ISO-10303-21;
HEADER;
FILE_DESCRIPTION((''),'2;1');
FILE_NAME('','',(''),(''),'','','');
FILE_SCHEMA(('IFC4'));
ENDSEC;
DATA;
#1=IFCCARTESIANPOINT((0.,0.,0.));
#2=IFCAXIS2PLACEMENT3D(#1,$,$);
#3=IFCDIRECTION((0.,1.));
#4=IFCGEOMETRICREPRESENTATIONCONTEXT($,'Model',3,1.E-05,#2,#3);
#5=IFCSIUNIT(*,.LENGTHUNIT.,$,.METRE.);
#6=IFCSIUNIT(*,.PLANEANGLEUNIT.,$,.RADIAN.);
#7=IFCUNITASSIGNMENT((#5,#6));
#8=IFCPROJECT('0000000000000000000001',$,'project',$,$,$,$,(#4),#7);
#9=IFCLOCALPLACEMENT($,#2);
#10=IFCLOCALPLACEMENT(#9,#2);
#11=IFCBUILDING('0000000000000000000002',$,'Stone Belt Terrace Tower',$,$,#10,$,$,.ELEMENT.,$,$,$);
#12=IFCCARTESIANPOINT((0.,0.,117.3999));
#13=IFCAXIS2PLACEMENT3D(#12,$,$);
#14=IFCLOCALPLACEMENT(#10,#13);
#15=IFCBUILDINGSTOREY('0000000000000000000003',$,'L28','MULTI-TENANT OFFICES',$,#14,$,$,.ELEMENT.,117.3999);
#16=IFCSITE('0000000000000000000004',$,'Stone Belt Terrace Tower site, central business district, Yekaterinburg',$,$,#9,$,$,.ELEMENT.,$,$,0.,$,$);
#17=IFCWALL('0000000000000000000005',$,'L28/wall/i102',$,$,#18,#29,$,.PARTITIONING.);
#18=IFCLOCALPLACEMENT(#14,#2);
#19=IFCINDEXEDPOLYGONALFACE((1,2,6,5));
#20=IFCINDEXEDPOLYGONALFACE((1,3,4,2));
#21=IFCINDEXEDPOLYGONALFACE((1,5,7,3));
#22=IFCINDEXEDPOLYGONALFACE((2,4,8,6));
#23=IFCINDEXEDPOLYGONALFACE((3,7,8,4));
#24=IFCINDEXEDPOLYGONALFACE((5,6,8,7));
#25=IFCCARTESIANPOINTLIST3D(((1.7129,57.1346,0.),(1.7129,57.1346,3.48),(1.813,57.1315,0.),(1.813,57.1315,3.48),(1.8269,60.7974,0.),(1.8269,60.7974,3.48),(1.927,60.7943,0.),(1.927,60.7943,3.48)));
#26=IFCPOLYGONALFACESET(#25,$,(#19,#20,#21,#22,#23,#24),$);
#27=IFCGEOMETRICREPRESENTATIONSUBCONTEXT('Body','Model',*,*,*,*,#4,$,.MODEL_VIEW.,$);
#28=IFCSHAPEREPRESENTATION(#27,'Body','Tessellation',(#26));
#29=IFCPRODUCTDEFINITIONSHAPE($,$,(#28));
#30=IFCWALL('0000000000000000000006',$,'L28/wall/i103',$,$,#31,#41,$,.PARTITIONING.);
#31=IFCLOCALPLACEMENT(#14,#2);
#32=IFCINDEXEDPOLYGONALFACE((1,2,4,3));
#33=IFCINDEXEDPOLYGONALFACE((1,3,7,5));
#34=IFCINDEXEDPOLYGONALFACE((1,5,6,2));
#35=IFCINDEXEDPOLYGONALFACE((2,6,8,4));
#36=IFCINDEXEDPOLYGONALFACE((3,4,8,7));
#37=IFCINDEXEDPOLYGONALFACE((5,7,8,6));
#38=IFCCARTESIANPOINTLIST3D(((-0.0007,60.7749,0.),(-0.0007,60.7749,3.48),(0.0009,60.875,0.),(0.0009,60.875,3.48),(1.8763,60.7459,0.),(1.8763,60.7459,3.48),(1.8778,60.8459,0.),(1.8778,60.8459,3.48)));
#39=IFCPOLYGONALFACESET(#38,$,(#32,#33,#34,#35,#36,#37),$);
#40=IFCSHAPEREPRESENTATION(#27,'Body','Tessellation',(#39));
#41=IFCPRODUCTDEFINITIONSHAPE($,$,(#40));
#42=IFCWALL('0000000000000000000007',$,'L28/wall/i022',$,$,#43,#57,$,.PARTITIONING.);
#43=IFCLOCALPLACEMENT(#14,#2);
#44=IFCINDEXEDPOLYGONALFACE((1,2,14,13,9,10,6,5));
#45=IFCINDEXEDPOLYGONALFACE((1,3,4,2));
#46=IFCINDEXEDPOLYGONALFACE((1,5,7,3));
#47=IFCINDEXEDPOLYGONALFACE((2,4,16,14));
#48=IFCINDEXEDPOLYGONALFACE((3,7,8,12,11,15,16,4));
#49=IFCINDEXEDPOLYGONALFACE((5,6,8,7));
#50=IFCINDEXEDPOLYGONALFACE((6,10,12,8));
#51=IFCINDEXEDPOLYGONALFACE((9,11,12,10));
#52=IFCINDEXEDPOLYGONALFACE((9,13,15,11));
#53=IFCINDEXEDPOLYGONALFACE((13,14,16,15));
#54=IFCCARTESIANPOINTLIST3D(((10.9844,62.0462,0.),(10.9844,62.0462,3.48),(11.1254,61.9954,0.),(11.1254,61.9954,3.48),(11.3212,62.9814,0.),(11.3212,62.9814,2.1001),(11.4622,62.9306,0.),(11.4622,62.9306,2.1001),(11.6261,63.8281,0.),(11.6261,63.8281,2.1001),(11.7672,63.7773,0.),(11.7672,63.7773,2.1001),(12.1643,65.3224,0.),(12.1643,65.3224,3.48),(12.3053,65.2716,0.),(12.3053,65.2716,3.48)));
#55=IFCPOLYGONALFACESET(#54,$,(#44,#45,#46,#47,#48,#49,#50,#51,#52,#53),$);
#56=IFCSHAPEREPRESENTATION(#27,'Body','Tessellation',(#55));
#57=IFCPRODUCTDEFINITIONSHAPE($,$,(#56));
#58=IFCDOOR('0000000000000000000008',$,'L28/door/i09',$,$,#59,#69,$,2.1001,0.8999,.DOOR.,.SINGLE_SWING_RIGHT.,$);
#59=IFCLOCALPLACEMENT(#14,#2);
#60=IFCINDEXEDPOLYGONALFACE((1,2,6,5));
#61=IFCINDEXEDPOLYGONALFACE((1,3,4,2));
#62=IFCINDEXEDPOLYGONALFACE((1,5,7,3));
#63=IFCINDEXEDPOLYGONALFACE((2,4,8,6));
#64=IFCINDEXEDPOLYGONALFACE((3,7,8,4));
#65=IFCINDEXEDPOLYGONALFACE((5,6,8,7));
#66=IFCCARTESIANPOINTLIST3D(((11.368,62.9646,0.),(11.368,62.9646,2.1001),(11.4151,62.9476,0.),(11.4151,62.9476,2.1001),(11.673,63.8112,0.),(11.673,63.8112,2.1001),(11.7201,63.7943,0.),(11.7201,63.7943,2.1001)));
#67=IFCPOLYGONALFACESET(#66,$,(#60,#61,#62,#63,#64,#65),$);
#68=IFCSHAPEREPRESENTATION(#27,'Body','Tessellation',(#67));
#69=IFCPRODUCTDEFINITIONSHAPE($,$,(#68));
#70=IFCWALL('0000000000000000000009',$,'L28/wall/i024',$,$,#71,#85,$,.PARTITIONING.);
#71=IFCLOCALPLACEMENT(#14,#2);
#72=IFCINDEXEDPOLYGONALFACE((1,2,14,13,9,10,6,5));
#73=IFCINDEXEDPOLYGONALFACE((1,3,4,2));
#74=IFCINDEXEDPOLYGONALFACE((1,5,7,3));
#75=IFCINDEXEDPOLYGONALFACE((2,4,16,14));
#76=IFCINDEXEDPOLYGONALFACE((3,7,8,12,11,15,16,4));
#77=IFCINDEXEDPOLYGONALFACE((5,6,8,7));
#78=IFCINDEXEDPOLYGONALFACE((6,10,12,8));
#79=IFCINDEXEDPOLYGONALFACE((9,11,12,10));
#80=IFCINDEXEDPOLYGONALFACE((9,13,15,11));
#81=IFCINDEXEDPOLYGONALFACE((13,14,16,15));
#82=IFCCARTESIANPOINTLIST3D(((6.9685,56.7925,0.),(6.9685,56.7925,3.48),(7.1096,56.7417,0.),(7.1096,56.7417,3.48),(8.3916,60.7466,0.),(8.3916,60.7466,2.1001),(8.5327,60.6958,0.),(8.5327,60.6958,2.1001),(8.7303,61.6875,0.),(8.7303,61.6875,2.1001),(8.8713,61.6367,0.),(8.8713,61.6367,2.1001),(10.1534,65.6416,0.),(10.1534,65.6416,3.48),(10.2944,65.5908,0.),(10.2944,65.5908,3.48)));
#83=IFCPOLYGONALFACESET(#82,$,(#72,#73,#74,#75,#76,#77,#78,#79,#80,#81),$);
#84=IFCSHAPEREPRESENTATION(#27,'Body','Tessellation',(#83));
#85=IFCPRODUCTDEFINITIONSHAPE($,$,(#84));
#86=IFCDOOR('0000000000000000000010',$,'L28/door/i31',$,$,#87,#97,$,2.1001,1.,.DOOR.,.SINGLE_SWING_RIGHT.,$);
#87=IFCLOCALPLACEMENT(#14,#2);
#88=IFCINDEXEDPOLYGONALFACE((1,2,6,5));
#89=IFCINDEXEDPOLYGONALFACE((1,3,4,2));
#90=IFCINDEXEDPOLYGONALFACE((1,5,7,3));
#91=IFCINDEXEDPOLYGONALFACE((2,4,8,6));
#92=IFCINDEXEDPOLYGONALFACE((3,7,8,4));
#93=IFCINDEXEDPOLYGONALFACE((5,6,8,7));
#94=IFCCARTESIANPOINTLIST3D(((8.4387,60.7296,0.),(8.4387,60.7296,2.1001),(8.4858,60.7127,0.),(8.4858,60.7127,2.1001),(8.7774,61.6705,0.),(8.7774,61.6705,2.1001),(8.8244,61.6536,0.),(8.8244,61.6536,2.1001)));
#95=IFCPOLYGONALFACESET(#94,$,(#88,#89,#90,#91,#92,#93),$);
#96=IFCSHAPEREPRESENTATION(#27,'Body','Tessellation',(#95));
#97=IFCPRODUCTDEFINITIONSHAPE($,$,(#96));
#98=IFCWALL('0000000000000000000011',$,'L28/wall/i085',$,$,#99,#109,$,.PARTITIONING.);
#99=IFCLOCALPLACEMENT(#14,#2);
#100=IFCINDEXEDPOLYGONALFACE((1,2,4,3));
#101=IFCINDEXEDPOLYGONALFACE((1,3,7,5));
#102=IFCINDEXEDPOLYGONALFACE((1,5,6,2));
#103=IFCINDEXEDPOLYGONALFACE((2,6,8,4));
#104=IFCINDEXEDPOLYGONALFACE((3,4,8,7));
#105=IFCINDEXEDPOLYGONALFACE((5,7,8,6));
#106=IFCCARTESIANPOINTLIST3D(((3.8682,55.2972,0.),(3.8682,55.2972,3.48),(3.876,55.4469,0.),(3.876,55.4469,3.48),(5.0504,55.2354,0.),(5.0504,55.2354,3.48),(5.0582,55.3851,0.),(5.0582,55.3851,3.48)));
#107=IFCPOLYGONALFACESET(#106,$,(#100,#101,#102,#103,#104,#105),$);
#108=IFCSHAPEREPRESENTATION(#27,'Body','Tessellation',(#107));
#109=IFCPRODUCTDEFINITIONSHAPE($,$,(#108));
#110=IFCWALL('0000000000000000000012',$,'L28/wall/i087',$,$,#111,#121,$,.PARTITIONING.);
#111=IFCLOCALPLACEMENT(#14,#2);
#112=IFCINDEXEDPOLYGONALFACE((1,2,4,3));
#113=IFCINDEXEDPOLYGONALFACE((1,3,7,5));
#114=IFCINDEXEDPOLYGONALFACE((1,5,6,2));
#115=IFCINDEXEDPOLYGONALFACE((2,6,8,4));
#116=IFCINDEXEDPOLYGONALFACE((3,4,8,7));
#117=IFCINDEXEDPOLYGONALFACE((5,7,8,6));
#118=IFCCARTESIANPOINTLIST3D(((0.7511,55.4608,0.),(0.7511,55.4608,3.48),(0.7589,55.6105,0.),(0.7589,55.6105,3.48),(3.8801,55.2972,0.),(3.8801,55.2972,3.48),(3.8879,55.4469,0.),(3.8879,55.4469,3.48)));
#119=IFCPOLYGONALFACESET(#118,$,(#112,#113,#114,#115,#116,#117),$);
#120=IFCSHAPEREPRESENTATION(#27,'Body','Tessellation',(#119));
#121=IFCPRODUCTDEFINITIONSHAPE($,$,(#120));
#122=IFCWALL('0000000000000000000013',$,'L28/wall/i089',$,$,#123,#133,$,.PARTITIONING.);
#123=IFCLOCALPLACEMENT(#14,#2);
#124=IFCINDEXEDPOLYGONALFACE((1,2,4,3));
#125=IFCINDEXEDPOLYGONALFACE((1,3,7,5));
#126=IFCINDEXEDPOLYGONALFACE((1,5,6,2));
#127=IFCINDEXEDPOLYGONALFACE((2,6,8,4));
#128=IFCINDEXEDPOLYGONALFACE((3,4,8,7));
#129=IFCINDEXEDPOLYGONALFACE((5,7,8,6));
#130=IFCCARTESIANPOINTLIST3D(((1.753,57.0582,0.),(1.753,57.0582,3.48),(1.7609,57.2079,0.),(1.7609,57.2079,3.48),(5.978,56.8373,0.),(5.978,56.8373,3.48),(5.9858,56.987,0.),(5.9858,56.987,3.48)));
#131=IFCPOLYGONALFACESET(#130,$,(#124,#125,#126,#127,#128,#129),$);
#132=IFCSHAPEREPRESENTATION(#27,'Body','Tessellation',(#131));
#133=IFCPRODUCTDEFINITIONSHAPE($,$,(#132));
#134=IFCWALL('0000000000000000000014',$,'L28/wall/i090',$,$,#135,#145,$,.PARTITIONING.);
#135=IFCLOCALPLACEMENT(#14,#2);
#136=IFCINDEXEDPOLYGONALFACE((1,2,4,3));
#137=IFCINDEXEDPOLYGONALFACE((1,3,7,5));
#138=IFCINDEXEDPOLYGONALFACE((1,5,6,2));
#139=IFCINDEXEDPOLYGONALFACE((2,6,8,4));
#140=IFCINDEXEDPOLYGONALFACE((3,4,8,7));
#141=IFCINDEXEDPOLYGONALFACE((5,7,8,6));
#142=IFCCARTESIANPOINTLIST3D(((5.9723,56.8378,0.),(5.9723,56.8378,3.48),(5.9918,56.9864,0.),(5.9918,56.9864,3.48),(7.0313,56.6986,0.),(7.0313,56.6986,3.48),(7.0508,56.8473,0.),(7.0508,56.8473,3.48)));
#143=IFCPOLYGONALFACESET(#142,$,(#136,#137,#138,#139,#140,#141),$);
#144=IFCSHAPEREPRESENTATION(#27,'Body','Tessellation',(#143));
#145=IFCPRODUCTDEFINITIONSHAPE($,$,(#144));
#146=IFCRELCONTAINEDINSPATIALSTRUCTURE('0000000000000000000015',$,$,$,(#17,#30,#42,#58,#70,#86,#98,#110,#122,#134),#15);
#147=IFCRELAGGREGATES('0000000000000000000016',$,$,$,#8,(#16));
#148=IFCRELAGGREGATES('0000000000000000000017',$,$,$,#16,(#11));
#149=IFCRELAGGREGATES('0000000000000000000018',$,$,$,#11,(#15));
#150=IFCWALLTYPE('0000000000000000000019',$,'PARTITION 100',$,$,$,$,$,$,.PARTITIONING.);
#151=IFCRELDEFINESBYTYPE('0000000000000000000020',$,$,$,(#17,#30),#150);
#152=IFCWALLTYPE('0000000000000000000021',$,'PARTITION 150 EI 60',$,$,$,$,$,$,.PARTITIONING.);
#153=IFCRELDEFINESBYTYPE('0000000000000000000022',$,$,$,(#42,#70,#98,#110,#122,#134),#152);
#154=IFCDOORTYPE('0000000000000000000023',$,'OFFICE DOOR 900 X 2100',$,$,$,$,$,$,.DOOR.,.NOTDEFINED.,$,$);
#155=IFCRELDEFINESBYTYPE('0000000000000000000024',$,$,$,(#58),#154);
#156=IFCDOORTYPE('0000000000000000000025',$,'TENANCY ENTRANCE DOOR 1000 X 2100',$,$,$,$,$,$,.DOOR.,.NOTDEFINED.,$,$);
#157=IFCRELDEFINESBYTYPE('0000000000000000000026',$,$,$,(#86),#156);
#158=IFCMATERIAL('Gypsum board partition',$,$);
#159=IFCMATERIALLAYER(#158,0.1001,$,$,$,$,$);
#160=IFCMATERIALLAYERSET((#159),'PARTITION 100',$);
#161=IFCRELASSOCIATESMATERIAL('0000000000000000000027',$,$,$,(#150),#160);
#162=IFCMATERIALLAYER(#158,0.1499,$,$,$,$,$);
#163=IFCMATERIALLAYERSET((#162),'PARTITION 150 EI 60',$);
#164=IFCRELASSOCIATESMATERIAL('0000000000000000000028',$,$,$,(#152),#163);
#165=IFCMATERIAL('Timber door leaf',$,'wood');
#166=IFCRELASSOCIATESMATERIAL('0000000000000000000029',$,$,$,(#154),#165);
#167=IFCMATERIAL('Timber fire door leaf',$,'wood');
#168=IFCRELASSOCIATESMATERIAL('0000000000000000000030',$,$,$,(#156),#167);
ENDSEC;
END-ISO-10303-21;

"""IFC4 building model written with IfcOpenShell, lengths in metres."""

from ifc_helpers import new_model, si_unit, direction, frame, frame_2d, origin, place, context, subcontext, project, spatial, rectangle, extrude, material, layer, layer_set, type_object, element, fill, save


model = new_model("IFC4")

# Units and contexts
model_context = context("Model", 3, precision=1e-05, world=origin(), true_north=direction((0.0, 1.0)))
body_context = subcontext(model_context, "Body", "Model", "MODEL_VIEW")
ifc_project = project(units=[si_unit("LENGTHUNIT", "METRE"), si_unit("PLANEANGLEUNIT", "RADIAN")], contexts=[model_context])

# Site, building, storey
site_placement = place(None, origin())
site = spatial("IfcSite", under=ifc_project, at=site_placement, Name="Stone Belt Terrace Tower site, central business district, Yekaterinburg", CompositionType="ELEMENT", RefElevation=0.0)
building_placement = place(site_placement, origin())
building = spatial("IfcBuilding", under=site, at=building_placement, Name="Stone Belt Terrace Tower", CompositionType="ELEMENT")
storey_placement = place(building_placement, frame((0.0, 0.0, 117.3999)))
storey = spatial("IfcBuildingStorey", under=building, at=storey_placement, Name="L28", Description="MULTI-TENANT OFFICES", CompositionType="ELEMENT", Elevation=117.3999)

# Walls
ifc_material_1 = material(Name="Gypsum board partition")
ifc_layer_1 = layer(ifc_material_1, 0.1001)
ifc_layer_set_1 = layer_set([ifc_layer_1], Name="PARTITION 100")
wall_type_1 = type_object("IfcWallType", Name="PARTITION 100", PredefinedType="PARTITIONING", material=ifc_layer_set_1)
wall_1_placement = place(storey_placement, frame((1.7629, 57.1331, 0.0), z_axis=(0.0, 0.0, 1.0), x_axis=(0.031112, 0.999516, 0.0)))
element("IfcWall", 1, at=wall_1_placement, inside=storey, type_object=wall_type_1, Name="L28/wall/i102", PredefinedType="PARTITIONING", context=body_context, shape_type="SweptSolid", body=[
    extrude(rectangle(XDim=3.6646, YDim=0.1001, at=frame_2d((1.8323, 0.0))), origin(), (0.0, 0.0, 1.0), 3.48),
])
wall_2_placement = place(storey_placement, frame((1.877, 60.7959, 0.0), z_axis=(0.0, 0.0, 1.0), x_axis=(-0.99988, 0.015477, 0.0)))
element("IfcWall", 2, at=wall_2_placement, inside=storey, type_object=wall_type_1, Name="L28/wall/i103", PredefinedType="PARTITIONING", context=body_context, shape_type="SweptSolid", body=[
    extrude(rectangle(XDim=1.8772, YDim=0.1001, at=frame_2d((0.9385, 0.0))), origin(), (0.0, 0.0, 1.0), 3.48),
])

# Walls, openings, doors
ifc_layer_2 = layer(ifc_material_1, 0.1499)
ifc_layer_set_2 = layer_set([ifc_layer_2], Name="PARTITION 150 EI 60")
wall_type_2 = type_object("IfcWallType", Name="PARTITION 150 EI 60", PredefinedType="PARTITIONING", material=ifc_layer_set_2)
wall_3_placement = place(storey_placement, frame((12.2349, 65.2971, 0.0), z_axis=(0.0, 0.0, 1.0), x_axis=(-0.338854, -0.940839, 0.0)))
wall_3 = element("IfcWall", 3, at=wall_3_placement, inside=storey, type_object=wall_type_2, Name="L28/wall/i022", PredefinedType="PARTITIONING", context=body_context, shape_type="SweptSolid", body=[
    extrude(rectangle(XDim=3.4822, YDim=0.1499, at=frame_2d((1.7412, 0.0))), origin(), (0.0, 0.0, 1.0), 3.48),
])
opening_1_placement = place(wall_3_placement, frame((1.5884, 0.0, 0.0)))
opening_1 = element("IfcOpeningElement", 4, at=opening_1_placement, cuts=wall_3, PredefinedType="OPENING", context=body_context, shape_type="SweptSolid", body=[
    extrude(rectangle(XDim=0.8999, YDim=2.1001, at=frame_2d((0.45, 1.05))), frame((0.0, 0.085, 0.0), z_axis=(0.0, -1.0, 0.0), x_axis=(1.0, 0.0, 0.0)), (0.0, 0.0, 1.0), 0.1699),
])
ifc_material_2 = material(Name="Timber door leaf", Category="wood")
door_type_1 = type_object("IfcDoorType", Name="OFFICE DOOR 900 X 2100", OperationType="NOTDEFINED", PredefinedType="DOOR", material=ifc_material_2)
door_1_placement = place(opening_1_placement, origin())
door_1 = element("IfcDoor", 5, at=door_1_placement, inside=storey, type_object=door_type_1, Name="L28/door/i09", OperationType="SINGLE_SWING_RIGHT", OverallHeight=2.1001, OverallWidth=0.8999, PredefinedType="DOOR", context=body_context, shape_type="SweptSolid", body=[
    extrude(rectangle(XDim=0.8999, YDim=2.1001, at=frame_2d((0.45, 1.05))), frame((0.0, 0.0249, 0.0), z_axis=(0.0, -1.0, 0.0), x_axis=(1.0, 0.0, 0.0)), (0.0, 0.0, 1.0), 0.05),
])
fill(opening_1, door_1)
wall_4_placement = place(storey_placement, frame((7.0391, 56.7671, 0.0), z_axis=(0.0, 0.0, 1.0), x_axis=(0.338638, 0.940917, 0.0)))
wall_4 = element("IfcWall", 6, at=wall_4_placement, inside=storey, type_object=wall_type_2, Name="L28/wall/i024", PredefinedType="PARTITIONING", context=body_context, shape_type="SweptSolid", body=[
    extrude(rectangle(XDim=9.4048, YDim=0.1499, at=frame_2d((4.7024, 0.0))), origin(), (0.0, 0.0, 1.0), 3.48),
])
opening_2_placement = place(wall_4_placement, frame((4.2024, 0.0, 0.0)))
opening_2 = element("IfcOpeningElement", 7, at=opening_2_placement, cuts=wall_4, PredefinedType="OPENING", context=body_context, shape_type="SweptSolid", body=[
    extrude(rectangle(XDim=1.0, YDim=2.1001, at=frame_2d((0.5, 1.05))), frame((0.0, 0.085, 0.0), z_axis=(0.0, -1.0, 0.0), x_axis=(1.0, 0.0, 0.0)), (0.0, 0.0, 1.0), 0.1699),
])
ifc_material_3 = material(Name="Timber fire door leaf", Category="wood")
door_type_2 = type_object("IfcDoorType", Name="TENANCY ENTRANCE DOOR 1000 X 2100", OperationType="NOTDEFINED", PredefinedType="DOOR", material=ifc_material_3)
door_2_placement = place(opening_2_placement, origin())
door_2 = element("IfcDoor", 8, at=door_2_placement, inside=storey, type_object=door_type_2, Name="L28/door/i31", OperationType="SINGLE_SWING_RIGHT", OverallHeight=2.1001, OverallWidth=1.0, PredefinedType="DOOR", context=body_context, shape_type="SweptSolid", body=[
    extrude(rectangle(XDim=1.0, YDim=2.1001, at=frame_2d((0.5, 1.05))), frame((0.0, 0.0249, 0.0), z_axis=(0.0, -1.0, 0.0), x_axis=(1.0, 0.0, 0.0)), (0.0, 0.0, 1.0), 0.05),
])
fill(opening_2, door_2)

# Walls
wall_5_placement = place(storey_placement, frame((5.0542, 55.3103, 0.0), z_axis=(0.0, 0.0, 1.0), x_axis=(-0.998638, 0.05218, 0.0)))
element("IfcWall", 9, at=wall_5_placement, inside=storey, type_object=wall_type_2, Name="L28/wall/i085", PredefinedType="PARTITIONING", context=body_context, shape_type="SweptSolid", body=[
    extrude(rectangle(XDim=1.1838, YDim=0.1499, at=frame_2d((0.5918, 0.0))), origin(), (0.0, 0.0, 1.0), 3.48),
])
wall_6_placement = place(storey_placement, frame((3.884, 55.3721, 0.0), z_axis=(0.0, 0.0, 1.0), x_axis=(-0.998636, 0.052203, 0.0)))
element("IfcWall", 10, at=wall_6_placement, inside=storey, type_object=wall_type_2, Name="L28/wall/i087", PredefinedType="PARTITIONING", context=body_context, shape_type="SweptSolid", body=[
    extrude(rectangle(XDim=3.1333, YDim=0.1499, at=frame_2d((1.5667, 0.0))), origin(), (0.0, 0.0, 1.0), 3.48),
])
wall_7_placement = place(storey_placement, frame((1.7571, 57.1331, 0.0), z_axis=(0.0, 0.0, 1.0), x_axis=(0.998635, -0.052226, 0.0)))
element("IfcWall", 11, at=wall_7_placement, inside=storey, type_object=wall_type_2, Name="L28/wall/i089", PredefinedType="PARTITIONING", context=body_context, shape_type="SweptSolid", body=[
    extrude(rectangle(XDim=4.2307, YDim=0.1499, at=frame_2d((2.1152, 0.0))), origin(), (0.0, 0.0, 1.0), 3.48),
])
wall_8_placement = place(storey_placement, frame((5.9819, 56.9121, 0.0), z_axis=(0.0, 0.0, 1.0), x_axis=(0.991478, -0.130277, 0.0)))
element("IfcWall", 12, at=wall_8_placement, inside=storey, type_object=wall_type_2, Name="L28/wall/i090", PredefinedType="PARTITIONING", context=body_context, shape_type="SweptSolid", body=[
    extrude(rectangle(XDim=1.0681, YDim=0.1499, at=frame_2d((0.5342, 0.0))), origin(), (0.0, 0.0, 1.0), 3.48),
])

save(model, "model.ifc")
